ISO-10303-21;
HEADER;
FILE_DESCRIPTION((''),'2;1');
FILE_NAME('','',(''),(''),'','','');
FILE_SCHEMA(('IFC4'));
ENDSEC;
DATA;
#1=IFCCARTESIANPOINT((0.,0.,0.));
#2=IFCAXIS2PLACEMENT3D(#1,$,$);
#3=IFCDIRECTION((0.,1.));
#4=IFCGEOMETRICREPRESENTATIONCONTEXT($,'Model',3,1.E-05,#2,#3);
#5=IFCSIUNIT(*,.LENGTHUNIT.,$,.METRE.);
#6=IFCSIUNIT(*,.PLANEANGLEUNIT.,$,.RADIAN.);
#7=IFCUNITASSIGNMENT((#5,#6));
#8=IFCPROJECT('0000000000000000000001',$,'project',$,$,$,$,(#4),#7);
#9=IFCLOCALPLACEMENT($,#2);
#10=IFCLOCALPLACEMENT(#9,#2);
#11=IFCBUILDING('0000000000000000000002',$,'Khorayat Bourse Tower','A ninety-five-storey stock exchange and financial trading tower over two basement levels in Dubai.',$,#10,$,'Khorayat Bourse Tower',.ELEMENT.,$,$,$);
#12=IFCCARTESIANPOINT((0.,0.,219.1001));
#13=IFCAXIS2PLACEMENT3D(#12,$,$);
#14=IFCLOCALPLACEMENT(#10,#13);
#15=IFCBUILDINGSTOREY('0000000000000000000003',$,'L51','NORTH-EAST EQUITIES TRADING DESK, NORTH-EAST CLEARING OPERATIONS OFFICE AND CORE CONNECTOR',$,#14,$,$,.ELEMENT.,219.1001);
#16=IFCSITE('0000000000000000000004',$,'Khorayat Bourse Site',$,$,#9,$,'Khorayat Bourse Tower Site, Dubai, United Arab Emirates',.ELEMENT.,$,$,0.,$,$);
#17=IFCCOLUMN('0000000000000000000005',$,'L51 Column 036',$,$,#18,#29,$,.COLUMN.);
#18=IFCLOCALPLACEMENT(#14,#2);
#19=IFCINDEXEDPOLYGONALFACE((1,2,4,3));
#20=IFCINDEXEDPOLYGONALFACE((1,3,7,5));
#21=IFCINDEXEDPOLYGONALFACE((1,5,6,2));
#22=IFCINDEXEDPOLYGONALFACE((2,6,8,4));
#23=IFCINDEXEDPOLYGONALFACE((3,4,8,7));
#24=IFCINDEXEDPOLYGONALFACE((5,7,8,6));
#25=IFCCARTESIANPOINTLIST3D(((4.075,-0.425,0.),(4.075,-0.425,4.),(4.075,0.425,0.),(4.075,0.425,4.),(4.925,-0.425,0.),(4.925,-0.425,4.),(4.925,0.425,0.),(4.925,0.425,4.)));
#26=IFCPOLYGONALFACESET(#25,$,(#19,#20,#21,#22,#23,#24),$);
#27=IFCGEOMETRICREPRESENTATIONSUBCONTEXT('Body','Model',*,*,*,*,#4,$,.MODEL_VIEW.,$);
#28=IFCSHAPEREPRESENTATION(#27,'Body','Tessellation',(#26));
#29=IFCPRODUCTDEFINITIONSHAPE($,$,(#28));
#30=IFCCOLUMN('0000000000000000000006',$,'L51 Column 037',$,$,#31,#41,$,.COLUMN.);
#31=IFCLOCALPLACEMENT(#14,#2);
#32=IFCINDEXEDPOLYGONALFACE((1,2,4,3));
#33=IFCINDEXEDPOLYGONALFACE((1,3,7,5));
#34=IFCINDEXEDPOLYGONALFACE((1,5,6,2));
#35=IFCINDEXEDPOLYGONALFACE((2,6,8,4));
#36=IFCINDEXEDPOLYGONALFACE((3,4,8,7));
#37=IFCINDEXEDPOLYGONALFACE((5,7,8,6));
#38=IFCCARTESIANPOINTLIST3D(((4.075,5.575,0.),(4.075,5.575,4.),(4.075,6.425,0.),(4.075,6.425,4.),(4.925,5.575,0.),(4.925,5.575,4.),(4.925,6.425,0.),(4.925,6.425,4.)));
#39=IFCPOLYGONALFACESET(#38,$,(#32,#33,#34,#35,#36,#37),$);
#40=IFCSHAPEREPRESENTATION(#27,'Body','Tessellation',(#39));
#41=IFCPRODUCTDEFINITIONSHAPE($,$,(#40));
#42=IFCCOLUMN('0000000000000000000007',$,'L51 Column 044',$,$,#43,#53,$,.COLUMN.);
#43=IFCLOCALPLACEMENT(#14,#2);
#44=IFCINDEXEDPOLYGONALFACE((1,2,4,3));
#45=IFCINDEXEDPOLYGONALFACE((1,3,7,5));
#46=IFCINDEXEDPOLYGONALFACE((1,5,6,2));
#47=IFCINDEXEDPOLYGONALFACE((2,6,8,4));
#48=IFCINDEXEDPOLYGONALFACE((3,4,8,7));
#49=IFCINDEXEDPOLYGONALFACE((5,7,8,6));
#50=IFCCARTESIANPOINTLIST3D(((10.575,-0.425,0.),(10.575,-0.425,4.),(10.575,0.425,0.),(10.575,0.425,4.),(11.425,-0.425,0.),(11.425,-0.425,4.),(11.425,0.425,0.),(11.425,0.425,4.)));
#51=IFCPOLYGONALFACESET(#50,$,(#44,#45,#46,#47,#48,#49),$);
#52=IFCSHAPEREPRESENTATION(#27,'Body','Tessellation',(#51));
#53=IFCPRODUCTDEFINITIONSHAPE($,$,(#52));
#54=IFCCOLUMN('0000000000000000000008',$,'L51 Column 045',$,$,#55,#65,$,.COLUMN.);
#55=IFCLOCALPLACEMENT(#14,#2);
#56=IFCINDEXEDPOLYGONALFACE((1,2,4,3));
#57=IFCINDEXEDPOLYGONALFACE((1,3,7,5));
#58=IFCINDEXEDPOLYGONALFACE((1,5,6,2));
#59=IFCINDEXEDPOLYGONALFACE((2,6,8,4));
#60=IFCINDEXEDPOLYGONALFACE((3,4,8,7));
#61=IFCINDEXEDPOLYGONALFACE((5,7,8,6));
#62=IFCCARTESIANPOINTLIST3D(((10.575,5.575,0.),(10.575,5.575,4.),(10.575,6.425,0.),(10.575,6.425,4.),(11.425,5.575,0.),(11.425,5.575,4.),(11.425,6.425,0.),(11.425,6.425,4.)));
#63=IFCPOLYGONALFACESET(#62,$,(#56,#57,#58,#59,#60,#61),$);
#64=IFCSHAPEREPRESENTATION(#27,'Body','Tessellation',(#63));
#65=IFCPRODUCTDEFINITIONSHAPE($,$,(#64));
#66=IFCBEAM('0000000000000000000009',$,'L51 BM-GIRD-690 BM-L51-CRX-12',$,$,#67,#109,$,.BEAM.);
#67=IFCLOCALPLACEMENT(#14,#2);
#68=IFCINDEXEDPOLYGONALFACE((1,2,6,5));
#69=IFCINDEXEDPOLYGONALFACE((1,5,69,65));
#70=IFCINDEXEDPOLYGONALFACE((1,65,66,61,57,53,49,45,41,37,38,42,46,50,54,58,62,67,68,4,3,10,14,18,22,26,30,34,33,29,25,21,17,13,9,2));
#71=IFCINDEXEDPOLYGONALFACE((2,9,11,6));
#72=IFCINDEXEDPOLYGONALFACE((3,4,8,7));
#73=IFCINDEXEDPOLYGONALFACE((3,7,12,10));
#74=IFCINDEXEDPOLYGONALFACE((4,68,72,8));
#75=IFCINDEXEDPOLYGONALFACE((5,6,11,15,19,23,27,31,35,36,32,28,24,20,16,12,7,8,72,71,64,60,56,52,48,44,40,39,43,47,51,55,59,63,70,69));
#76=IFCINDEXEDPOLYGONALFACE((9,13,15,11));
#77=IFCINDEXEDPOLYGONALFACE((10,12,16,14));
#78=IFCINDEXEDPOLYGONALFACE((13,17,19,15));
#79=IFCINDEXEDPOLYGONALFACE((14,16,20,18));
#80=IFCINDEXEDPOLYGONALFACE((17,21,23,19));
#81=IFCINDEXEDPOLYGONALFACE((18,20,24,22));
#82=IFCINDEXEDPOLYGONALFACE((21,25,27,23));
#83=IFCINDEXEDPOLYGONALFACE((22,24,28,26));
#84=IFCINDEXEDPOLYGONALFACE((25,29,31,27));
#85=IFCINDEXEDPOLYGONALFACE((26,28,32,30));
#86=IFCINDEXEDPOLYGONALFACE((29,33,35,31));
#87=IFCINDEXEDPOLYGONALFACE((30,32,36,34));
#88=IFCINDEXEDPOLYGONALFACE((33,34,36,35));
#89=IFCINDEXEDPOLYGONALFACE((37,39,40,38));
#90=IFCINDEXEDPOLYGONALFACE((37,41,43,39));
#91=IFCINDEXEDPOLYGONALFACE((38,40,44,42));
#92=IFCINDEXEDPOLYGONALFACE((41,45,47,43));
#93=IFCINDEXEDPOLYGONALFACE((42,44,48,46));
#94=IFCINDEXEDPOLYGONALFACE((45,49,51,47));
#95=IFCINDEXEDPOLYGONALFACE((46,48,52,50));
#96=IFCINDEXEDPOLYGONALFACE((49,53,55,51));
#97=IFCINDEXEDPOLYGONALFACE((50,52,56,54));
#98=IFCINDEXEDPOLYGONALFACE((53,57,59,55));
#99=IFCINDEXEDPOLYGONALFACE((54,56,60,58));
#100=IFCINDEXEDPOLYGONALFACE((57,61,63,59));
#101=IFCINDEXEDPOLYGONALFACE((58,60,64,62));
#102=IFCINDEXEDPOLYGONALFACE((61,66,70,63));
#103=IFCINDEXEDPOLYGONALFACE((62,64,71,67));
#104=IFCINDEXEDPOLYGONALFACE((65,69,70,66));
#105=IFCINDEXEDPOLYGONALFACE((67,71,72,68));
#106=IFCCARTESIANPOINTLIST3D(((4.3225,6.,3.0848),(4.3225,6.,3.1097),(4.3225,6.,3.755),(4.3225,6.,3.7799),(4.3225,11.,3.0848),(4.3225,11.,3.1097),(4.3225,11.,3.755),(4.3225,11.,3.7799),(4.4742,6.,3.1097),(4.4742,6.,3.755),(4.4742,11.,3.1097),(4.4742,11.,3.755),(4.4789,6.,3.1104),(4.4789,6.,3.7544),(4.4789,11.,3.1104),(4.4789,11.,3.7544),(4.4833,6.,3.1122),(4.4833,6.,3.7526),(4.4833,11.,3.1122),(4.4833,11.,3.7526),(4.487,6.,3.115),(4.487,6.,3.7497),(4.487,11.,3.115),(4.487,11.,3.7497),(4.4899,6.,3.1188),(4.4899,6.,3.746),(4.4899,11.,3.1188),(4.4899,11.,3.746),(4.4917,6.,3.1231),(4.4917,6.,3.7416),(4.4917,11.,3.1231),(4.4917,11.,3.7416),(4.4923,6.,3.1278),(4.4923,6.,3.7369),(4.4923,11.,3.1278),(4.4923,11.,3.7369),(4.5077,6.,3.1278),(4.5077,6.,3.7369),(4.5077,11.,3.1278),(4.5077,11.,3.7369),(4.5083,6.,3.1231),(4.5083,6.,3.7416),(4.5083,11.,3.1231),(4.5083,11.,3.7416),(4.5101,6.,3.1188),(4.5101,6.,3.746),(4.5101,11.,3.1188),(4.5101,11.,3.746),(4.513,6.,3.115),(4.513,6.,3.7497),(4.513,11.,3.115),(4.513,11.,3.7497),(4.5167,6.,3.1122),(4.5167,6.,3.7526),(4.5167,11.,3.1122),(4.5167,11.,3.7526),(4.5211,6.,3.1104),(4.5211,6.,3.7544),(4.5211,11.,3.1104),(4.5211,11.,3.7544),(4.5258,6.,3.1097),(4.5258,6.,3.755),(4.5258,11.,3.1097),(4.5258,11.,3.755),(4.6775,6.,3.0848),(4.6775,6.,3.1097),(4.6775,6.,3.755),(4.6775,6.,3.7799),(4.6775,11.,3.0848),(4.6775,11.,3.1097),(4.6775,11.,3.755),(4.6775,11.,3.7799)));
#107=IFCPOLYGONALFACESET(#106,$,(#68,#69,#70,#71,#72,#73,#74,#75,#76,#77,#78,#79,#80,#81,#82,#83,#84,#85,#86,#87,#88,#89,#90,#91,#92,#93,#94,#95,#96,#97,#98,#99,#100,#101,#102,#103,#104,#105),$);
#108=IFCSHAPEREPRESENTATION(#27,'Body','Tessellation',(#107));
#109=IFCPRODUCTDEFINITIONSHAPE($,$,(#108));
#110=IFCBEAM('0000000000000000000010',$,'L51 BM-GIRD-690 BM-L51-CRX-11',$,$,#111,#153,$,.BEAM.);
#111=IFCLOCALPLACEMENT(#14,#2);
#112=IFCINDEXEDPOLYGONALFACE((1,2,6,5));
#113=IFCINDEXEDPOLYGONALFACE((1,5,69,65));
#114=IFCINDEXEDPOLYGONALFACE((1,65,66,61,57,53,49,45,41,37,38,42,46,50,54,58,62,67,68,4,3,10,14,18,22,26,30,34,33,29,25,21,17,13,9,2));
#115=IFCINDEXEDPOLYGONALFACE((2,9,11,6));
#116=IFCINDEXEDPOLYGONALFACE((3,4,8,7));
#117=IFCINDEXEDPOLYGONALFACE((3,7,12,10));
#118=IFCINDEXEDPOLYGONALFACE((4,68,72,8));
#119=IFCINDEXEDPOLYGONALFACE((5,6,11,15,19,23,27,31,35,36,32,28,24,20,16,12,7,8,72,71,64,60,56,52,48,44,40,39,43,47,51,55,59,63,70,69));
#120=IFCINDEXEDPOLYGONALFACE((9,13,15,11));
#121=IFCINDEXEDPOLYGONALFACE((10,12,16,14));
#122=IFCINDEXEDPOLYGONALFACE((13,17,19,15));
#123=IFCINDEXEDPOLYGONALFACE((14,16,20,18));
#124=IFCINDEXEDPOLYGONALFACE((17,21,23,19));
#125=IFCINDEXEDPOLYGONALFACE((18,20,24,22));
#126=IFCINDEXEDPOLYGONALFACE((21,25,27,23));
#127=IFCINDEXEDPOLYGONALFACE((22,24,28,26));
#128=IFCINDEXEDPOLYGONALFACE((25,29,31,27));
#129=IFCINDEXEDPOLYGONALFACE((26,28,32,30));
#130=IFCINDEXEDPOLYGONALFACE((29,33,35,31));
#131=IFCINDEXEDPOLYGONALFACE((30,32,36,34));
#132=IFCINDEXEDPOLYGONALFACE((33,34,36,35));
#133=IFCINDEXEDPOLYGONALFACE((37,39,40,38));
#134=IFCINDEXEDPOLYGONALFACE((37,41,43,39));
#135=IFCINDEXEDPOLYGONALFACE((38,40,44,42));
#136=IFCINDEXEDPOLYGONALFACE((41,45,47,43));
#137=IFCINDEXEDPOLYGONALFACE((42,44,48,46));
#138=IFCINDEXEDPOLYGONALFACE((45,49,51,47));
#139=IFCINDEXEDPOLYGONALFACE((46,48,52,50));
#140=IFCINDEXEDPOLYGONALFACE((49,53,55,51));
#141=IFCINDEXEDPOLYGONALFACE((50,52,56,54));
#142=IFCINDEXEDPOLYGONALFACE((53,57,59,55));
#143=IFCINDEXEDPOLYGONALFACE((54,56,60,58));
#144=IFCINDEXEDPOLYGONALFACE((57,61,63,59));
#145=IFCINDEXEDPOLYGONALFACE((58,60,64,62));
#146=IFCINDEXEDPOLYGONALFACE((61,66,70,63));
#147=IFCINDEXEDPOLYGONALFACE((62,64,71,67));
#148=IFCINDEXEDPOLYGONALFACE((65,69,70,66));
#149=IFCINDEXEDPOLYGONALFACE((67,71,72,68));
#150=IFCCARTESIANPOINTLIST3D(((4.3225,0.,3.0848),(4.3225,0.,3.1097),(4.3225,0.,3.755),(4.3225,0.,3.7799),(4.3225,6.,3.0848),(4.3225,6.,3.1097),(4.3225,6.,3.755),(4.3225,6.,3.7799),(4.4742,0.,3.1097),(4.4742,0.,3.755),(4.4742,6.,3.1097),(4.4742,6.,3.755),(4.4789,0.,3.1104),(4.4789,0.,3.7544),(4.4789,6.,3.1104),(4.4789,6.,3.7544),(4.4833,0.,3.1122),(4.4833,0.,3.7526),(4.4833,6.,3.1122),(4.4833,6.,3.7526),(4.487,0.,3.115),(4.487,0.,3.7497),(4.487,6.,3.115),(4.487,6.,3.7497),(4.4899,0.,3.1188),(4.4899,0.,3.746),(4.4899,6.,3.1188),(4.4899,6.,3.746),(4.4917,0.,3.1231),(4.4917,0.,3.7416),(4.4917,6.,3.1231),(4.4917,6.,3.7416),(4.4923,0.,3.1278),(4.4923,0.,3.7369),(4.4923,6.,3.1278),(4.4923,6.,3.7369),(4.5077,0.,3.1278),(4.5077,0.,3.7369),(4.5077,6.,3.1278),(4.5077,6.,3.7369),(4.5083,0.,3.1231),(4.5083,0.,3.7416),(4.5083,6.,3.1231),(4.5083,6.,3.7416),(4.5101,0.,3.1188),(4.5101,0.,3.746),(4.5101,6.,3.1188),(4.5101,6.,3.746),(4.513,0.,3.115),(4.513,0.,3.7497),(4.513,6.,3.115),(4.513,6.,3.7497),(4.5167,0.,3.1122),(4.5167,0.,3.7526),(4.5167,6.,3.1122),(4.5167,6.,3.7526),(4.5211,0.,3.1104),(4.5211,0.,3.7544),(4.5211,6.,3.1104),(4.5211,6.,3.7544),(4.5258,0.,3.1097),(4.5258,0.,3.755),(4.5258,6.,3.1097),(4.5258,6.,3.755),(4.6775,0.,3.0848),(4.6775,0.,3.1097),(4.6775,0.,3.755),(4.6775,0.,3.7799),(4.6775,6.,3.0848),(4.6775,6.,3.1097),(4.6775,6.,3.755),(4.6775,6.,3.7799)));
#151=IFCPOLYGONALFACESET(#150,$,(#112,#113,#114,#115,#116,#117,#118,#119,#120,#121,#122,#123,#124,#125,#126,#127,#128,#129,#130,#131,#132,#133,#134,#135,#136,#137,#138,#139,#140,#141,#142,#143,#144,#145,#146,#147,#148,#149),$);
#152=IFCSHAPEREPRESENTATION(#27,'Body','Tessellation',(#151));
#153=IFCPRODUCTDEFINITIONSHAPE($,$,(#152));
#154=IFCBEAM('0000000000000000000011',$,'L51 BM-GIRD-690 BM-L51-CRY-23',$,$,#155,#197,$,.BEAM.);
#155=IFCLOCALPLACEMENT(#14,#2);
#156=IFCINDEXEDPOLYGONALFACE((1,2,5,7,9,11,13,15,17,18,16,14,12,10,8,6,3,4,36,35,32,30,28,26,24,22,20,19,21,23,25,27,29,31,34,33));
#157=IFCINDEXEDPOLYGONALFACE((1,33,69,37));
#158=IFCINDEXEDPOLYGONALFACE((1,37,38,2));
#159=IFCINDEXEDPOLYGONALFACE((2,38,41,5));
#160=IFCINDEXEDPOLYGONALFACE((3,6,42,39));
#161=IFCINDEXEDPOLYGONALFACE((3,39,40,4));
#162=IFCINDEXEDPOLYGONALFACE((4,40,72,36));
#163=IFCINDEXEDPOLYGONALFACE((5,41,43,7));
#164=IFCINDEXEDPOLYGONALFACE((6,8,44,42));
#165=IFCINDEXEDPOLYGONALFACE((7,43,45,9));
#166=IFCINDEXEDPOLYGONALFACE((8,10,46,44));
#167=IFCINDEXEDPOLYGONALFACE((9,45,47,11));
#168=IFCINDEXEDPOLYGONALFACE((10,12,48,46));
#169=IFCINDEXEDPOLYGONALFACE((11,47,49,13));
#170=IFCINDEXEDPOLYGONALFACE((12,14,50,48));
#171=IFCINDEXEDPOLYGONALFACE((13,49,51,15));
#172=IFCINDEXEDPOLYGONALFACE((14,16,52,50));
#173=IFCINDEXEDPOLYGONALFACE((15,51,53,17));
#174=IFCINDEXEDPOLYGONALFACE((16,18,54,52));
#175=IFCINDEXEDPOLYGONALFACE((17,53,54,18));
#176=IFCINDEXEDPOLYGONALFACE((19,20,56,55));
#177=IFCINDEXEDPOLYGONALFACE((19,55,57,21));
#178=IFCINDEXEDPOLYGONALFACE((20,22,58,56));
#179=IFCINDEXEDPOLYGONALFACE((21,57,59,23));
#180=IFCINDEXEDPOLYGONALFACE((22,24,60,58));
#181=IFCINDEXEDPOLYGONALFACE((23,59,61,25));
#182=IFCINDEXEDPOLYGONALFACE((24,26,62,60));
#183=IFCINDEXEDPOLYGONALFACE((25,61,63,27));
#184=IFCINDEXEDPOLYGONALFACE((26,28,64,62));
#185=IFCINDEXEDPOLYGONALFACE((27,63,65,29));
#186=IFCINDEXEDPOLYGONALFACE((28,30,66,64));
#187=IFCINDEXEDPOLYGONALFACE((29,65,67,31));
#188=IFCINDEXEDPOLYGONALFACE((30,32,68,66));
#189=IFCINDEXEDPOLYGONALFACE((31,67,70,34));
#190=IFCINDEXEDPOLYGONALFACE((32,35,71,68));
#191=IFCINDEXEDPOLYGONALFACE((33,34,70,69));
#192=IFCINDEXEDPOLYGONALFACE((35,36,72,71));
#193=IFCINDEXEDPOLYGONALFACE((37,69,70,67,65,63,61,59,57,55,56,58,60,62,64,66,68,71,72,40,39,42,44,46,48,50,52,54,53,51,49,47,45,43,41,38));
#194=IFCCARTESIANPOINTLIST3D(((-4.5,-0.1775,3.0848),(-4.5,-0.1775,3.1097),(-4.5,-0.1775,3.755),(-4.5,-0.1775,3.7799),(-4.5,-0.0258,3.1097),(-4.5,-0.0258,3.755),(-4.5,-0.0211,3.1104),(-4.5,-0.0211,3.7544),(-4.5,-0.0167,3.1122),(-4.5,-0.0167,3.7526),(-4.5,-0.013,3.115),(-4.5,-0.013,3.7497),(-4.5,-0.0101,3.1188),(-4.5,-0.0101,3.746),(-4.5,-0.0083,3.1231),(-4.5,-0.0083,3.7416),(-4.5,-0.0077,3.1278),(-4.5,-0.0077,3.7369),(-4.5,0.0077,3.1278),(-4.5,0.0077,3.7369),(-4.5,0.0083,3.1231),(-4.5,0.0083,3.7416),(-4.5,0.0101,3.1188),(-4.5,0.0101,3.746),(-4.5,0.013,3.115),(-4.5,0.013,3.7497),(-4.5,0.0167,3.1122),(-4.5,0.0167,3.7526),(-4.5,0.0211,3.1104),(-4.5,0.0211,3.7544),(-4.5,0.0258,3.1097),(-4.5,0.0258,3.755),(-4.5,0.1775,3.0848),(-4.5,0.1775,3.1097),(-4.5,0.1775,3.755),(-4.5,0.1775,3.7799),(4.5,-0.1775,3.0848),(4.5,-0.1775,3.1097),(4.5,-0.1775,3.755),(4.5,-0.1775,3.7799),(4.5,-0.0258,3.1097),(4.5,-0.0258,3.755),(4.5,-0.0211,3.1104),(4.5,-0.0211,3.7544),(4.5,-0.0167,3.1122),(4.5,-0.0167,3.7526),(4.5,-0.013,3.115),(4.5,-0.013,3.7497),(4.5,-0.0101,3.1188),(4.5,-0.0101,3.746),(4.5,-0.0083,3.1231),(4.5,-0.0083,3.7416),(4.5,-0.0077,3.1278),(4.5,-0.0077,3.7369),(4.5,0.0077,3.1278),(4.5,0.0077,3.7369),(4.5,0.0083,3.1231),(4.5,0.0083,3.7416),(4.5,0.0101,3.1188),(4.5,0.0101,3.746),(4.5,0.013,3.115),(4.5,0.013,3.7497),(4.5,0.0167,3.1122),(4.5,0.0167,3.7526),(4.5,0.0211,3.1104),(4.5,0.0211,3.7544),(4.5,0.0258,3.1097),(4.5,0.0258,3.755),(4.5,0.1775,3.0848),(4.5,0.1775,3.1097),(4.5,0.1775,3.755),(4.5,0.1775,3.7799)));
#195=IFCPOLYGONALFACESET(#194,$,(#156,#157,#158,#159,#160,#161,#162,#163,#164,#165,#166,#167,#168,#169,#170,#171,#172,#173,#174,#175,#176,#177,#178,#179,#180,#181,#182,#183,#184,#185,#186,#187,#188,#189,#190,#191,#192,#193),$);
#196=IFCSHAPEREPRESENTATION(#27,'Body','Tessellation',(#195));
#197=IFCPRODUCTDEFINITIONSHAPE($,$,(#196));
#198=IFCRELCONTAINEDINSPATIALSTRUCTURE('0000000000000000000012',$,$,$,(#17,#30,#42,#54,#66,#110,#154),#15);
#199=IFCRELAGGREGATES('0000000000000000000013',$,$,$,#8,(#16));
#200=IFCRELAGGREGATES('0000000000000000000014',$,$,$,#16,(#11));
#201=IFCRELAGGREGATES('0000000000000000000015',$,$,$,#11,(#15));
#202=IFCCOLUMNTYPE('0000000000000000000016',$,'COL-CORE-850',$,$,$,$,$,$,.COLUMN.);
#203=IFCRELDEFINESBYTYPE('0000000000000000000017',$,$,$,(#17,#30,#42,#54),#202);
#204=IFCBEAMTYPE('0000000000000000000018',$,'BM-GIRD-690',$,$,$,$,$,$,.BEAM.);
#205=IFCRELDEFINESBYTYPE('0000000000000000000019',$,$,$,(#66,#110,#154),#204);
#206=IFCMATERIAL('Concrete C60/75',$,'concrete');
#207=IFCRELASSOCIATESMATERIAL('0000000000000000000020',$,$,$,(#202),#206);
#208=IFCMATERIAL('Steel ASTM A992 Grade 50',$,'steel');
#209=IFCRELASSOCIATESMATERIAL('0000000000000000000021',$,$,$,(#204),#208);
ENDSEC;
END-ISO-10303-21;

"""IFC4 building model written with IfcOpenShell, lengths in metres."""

from ifc_helpers import new_model, si_unit, direction, frame, origin, origin_2d, place, context, subcontext, project, spatial, rectangle, i_section, extrude, source, transform, mapped, material, material_profile, profile_set, type_object, element, save


model = new_model("IFC4")

# Units and contexts
model_context = context("Model", 3, precision=1e-05, world=origin(), true_north=direction((0.0, 1.0)))
body_context = subcontext(model_context, "Body", "Model", "MODEL_VIEW")
ifc_project = project(units=[si_unit("LENGTHUNIT", "METRE"), si_unit("PLANEANGLEUNIT", "RADIAN")], contexts=[model_context])

# Site, building, storey
site_placement = place(None, origin())
site = spatial("IfcSite", under=ifc_project, at=site_placement, Name="Khorayat Bourse Site", LongName="Khorayat Bourse Tower Site, Dubai, United Arab Emirates", CompositionType="ELEMENT", RefElevation=0.0)
building_placement = place(site_placement, origin())
building = spatial("IfcBuilding", under=site, at=building_placement, Name="Khorayat Bourse Tower", Description="A ninety-five-storey stock exchange and financial trading tower over two basement levels in Dubai.", LongName="Khorayat Bourse Tower", CompositionType="ELEMENT")
storey_placement = place(building_placement, frame((0.0, 0.0, 219.1001)))
storey = spatial("IfcBuildingStorey", under=building, at=storey_placement, Name="L51", Description="NORTH-EAST EQUITIES TRADING DESK, NORTH-EAST CLEARING OPERATIONS OFFICE AND CORE CONNECTOR", CompositionType="ELEMENT", Elevation=219.1001)

# Columns
ifc_material_1 = material(Name="Concrete C60/75", Category="concrete")
ifc_material_profile_1 = material_profile(ifc_material_1, rectangle(XDim=0.8501, YDim=0.8501, at=origin_2d()), Name="RC 850x850")
ifc_profile_set_1 = profile_set([ifc_material_profile_1], Name="Concrete C60/75")
column_type = type_object("IfcColumnType", Name="COL-CORE-850", PredefinedType="COLUMN", material=ifc_profile_set_1)
shared_shape_1 = source(origin(), body_context, "Body", "SweptSolid", [
    extrude(rectangle(XDim=0.8501, YDim=0.8501, at=origin_2d()), origin(), (0.0, 0.0, 1.0), 4.0),
])
for number, where, z_axis, x_axis, name in (
    (1, (4.5, 0.0, 0.0), (0.0, 0.0, 1.0), (1.0, 0.0, 0.0), "L51 Column 036"),
    (2, (4.5, 6.0, 0.0), (0.0, 0.0, 1.0), (1.0, 0.0, 0.0), "L51 Column 037"),
    (3, (11.0, 0.0, 0.0), (0.0, 0.0, 1.0), (1.0, 0.0, 0.0), "L51 Column 044"),
    (4, (11.0, 6.0, 0.0), (0.0, 0.0, 1.0), (1.0, 0.0, 0.0), "L51 Column 045"),
):
    element("IfcColumn", number, at=place(storey_placement, frame(where, z_axis=z_axis, x_axis=x_axis)), inside=storey, type_object=column_type, Name=name, PredefinedType="COLUMN", context=body_context, shape_type="MappedRepresentation", body=[
        mapped(shared_shape_1, transform((0.0, 0.0, 0.0), scale=1.0)),
    ])

# Beams
ifc_material_2 = material(Name="Steel ASTM A992 Grade 50", Category="steel")
ifc_material_profile_2 = material_profile(ifc_material_2, i_section(OverallWidth=0.355, OverallDepth=0.6951, WebThickness=0.0154, FlangeThickness=0.0249, FilletRadius=0.0181, at=origin_2d()), Name="W690X217")
ifc_profile_set_2 = profile_set([ifc_material_profile_2], Name="Steel ASTM A992 Grade 50")
beam_type_1 = type_object("IfcBeamType", Name="BM-GIRD-690", PredefinedType="BEAM", material=ifc_profile_set_2)
shared_shape_2 = source(origin(), body_context, "Body", "SweptSolid", [
    extrude(i_section(OverallWidth=0.355, OverallDepth=0.6951, WebThickness=0.0154, FlangeThickness=0.0249, FilletRadius=0.0181, at=origin_2d()), origin(), (0.0, 0.0, 1.0), 5.0),
])
beam_1_placement = place(storey_placement, frame((4.5, 6.0, 3.4324), z_axis=(0.0, 1.0, 0.0), x_axis=(-1.0, 0.0, 0.0)))
element("IfcBeam", 5, at=beam_1_placement, inside=storey, type_object=beam_type_1, Name="L51 BM-GIRD-690 BM-L51-CRX-12", PredefinedType="BEAM", context=body_context, shape_type="MappedRepresentation", body=[
    mapped(shared_shape_2, transform((0.0, 0.0, 0.0), scale=1.0)),
])
shared_shape_3 = source(origin(), body_context, "Body", "SweptSolid", [
    extrude(i_section(OverallWidth=0.355, OverallDepth=0.6951, WebThickness=0.0154, FlangeThickness=0.0249, FilletRadius=0.0181, at=origin_2d()), origin(), (0.0, 0.0, 1.0), 6.0),
])
beam_2_placement = place(storey_placement, frame((4.5, 0.0, 3.4324), z_axis=(0.0, 1.0, 0.0), x_axis=(-1.0, 0.0, 0.0)))
element("IfcBeam", 6, at=beam_2_placement, inside=storey, type_object=beam_type_1, Name="L51 BM-GIRD-690 BM-L51-CRX-11", PredefinedType="BEAM", context=body_context, shape_type="MappedRepresentation", body=[
    mapped(shared_shape_3, transform((0.0, 0.0, 0.0), scale=1.0)),
])
shared_shape_4 = source(origin(), body_context, "Body", "SweptSolid", [
    extrude(i_section(OverallWidth=0.355, OverallDepth=0.6951, WebThickness=0.0154, FlangeThickness=0.0249, FilletRadius=0.0181, at=origin_2d()), origin(), (0.0, 0.0, 1.0), 9.0),
])
beam_3_placement = place(storey_placement, frame((-4.5, 0.0, 3.4324), z_axis=(1.0, 0.0, 0.0), x_axis=(0.0, 1.0, 0.0)))
element("IfcBeam", 7, at=beam_3_placement, inside=storey, type_object=beam_type_1, Name="L51 BM-GIRD-690 BM-L51-CRY-23", PredefinedType="BEAM", context=body_context, shape_type="MappedRepresentation", body=[
    mapped(shared_shape_4, transform((0.0, 0.0, 0.0), scale=1.0)),
])

save(model, "model.ifc")
